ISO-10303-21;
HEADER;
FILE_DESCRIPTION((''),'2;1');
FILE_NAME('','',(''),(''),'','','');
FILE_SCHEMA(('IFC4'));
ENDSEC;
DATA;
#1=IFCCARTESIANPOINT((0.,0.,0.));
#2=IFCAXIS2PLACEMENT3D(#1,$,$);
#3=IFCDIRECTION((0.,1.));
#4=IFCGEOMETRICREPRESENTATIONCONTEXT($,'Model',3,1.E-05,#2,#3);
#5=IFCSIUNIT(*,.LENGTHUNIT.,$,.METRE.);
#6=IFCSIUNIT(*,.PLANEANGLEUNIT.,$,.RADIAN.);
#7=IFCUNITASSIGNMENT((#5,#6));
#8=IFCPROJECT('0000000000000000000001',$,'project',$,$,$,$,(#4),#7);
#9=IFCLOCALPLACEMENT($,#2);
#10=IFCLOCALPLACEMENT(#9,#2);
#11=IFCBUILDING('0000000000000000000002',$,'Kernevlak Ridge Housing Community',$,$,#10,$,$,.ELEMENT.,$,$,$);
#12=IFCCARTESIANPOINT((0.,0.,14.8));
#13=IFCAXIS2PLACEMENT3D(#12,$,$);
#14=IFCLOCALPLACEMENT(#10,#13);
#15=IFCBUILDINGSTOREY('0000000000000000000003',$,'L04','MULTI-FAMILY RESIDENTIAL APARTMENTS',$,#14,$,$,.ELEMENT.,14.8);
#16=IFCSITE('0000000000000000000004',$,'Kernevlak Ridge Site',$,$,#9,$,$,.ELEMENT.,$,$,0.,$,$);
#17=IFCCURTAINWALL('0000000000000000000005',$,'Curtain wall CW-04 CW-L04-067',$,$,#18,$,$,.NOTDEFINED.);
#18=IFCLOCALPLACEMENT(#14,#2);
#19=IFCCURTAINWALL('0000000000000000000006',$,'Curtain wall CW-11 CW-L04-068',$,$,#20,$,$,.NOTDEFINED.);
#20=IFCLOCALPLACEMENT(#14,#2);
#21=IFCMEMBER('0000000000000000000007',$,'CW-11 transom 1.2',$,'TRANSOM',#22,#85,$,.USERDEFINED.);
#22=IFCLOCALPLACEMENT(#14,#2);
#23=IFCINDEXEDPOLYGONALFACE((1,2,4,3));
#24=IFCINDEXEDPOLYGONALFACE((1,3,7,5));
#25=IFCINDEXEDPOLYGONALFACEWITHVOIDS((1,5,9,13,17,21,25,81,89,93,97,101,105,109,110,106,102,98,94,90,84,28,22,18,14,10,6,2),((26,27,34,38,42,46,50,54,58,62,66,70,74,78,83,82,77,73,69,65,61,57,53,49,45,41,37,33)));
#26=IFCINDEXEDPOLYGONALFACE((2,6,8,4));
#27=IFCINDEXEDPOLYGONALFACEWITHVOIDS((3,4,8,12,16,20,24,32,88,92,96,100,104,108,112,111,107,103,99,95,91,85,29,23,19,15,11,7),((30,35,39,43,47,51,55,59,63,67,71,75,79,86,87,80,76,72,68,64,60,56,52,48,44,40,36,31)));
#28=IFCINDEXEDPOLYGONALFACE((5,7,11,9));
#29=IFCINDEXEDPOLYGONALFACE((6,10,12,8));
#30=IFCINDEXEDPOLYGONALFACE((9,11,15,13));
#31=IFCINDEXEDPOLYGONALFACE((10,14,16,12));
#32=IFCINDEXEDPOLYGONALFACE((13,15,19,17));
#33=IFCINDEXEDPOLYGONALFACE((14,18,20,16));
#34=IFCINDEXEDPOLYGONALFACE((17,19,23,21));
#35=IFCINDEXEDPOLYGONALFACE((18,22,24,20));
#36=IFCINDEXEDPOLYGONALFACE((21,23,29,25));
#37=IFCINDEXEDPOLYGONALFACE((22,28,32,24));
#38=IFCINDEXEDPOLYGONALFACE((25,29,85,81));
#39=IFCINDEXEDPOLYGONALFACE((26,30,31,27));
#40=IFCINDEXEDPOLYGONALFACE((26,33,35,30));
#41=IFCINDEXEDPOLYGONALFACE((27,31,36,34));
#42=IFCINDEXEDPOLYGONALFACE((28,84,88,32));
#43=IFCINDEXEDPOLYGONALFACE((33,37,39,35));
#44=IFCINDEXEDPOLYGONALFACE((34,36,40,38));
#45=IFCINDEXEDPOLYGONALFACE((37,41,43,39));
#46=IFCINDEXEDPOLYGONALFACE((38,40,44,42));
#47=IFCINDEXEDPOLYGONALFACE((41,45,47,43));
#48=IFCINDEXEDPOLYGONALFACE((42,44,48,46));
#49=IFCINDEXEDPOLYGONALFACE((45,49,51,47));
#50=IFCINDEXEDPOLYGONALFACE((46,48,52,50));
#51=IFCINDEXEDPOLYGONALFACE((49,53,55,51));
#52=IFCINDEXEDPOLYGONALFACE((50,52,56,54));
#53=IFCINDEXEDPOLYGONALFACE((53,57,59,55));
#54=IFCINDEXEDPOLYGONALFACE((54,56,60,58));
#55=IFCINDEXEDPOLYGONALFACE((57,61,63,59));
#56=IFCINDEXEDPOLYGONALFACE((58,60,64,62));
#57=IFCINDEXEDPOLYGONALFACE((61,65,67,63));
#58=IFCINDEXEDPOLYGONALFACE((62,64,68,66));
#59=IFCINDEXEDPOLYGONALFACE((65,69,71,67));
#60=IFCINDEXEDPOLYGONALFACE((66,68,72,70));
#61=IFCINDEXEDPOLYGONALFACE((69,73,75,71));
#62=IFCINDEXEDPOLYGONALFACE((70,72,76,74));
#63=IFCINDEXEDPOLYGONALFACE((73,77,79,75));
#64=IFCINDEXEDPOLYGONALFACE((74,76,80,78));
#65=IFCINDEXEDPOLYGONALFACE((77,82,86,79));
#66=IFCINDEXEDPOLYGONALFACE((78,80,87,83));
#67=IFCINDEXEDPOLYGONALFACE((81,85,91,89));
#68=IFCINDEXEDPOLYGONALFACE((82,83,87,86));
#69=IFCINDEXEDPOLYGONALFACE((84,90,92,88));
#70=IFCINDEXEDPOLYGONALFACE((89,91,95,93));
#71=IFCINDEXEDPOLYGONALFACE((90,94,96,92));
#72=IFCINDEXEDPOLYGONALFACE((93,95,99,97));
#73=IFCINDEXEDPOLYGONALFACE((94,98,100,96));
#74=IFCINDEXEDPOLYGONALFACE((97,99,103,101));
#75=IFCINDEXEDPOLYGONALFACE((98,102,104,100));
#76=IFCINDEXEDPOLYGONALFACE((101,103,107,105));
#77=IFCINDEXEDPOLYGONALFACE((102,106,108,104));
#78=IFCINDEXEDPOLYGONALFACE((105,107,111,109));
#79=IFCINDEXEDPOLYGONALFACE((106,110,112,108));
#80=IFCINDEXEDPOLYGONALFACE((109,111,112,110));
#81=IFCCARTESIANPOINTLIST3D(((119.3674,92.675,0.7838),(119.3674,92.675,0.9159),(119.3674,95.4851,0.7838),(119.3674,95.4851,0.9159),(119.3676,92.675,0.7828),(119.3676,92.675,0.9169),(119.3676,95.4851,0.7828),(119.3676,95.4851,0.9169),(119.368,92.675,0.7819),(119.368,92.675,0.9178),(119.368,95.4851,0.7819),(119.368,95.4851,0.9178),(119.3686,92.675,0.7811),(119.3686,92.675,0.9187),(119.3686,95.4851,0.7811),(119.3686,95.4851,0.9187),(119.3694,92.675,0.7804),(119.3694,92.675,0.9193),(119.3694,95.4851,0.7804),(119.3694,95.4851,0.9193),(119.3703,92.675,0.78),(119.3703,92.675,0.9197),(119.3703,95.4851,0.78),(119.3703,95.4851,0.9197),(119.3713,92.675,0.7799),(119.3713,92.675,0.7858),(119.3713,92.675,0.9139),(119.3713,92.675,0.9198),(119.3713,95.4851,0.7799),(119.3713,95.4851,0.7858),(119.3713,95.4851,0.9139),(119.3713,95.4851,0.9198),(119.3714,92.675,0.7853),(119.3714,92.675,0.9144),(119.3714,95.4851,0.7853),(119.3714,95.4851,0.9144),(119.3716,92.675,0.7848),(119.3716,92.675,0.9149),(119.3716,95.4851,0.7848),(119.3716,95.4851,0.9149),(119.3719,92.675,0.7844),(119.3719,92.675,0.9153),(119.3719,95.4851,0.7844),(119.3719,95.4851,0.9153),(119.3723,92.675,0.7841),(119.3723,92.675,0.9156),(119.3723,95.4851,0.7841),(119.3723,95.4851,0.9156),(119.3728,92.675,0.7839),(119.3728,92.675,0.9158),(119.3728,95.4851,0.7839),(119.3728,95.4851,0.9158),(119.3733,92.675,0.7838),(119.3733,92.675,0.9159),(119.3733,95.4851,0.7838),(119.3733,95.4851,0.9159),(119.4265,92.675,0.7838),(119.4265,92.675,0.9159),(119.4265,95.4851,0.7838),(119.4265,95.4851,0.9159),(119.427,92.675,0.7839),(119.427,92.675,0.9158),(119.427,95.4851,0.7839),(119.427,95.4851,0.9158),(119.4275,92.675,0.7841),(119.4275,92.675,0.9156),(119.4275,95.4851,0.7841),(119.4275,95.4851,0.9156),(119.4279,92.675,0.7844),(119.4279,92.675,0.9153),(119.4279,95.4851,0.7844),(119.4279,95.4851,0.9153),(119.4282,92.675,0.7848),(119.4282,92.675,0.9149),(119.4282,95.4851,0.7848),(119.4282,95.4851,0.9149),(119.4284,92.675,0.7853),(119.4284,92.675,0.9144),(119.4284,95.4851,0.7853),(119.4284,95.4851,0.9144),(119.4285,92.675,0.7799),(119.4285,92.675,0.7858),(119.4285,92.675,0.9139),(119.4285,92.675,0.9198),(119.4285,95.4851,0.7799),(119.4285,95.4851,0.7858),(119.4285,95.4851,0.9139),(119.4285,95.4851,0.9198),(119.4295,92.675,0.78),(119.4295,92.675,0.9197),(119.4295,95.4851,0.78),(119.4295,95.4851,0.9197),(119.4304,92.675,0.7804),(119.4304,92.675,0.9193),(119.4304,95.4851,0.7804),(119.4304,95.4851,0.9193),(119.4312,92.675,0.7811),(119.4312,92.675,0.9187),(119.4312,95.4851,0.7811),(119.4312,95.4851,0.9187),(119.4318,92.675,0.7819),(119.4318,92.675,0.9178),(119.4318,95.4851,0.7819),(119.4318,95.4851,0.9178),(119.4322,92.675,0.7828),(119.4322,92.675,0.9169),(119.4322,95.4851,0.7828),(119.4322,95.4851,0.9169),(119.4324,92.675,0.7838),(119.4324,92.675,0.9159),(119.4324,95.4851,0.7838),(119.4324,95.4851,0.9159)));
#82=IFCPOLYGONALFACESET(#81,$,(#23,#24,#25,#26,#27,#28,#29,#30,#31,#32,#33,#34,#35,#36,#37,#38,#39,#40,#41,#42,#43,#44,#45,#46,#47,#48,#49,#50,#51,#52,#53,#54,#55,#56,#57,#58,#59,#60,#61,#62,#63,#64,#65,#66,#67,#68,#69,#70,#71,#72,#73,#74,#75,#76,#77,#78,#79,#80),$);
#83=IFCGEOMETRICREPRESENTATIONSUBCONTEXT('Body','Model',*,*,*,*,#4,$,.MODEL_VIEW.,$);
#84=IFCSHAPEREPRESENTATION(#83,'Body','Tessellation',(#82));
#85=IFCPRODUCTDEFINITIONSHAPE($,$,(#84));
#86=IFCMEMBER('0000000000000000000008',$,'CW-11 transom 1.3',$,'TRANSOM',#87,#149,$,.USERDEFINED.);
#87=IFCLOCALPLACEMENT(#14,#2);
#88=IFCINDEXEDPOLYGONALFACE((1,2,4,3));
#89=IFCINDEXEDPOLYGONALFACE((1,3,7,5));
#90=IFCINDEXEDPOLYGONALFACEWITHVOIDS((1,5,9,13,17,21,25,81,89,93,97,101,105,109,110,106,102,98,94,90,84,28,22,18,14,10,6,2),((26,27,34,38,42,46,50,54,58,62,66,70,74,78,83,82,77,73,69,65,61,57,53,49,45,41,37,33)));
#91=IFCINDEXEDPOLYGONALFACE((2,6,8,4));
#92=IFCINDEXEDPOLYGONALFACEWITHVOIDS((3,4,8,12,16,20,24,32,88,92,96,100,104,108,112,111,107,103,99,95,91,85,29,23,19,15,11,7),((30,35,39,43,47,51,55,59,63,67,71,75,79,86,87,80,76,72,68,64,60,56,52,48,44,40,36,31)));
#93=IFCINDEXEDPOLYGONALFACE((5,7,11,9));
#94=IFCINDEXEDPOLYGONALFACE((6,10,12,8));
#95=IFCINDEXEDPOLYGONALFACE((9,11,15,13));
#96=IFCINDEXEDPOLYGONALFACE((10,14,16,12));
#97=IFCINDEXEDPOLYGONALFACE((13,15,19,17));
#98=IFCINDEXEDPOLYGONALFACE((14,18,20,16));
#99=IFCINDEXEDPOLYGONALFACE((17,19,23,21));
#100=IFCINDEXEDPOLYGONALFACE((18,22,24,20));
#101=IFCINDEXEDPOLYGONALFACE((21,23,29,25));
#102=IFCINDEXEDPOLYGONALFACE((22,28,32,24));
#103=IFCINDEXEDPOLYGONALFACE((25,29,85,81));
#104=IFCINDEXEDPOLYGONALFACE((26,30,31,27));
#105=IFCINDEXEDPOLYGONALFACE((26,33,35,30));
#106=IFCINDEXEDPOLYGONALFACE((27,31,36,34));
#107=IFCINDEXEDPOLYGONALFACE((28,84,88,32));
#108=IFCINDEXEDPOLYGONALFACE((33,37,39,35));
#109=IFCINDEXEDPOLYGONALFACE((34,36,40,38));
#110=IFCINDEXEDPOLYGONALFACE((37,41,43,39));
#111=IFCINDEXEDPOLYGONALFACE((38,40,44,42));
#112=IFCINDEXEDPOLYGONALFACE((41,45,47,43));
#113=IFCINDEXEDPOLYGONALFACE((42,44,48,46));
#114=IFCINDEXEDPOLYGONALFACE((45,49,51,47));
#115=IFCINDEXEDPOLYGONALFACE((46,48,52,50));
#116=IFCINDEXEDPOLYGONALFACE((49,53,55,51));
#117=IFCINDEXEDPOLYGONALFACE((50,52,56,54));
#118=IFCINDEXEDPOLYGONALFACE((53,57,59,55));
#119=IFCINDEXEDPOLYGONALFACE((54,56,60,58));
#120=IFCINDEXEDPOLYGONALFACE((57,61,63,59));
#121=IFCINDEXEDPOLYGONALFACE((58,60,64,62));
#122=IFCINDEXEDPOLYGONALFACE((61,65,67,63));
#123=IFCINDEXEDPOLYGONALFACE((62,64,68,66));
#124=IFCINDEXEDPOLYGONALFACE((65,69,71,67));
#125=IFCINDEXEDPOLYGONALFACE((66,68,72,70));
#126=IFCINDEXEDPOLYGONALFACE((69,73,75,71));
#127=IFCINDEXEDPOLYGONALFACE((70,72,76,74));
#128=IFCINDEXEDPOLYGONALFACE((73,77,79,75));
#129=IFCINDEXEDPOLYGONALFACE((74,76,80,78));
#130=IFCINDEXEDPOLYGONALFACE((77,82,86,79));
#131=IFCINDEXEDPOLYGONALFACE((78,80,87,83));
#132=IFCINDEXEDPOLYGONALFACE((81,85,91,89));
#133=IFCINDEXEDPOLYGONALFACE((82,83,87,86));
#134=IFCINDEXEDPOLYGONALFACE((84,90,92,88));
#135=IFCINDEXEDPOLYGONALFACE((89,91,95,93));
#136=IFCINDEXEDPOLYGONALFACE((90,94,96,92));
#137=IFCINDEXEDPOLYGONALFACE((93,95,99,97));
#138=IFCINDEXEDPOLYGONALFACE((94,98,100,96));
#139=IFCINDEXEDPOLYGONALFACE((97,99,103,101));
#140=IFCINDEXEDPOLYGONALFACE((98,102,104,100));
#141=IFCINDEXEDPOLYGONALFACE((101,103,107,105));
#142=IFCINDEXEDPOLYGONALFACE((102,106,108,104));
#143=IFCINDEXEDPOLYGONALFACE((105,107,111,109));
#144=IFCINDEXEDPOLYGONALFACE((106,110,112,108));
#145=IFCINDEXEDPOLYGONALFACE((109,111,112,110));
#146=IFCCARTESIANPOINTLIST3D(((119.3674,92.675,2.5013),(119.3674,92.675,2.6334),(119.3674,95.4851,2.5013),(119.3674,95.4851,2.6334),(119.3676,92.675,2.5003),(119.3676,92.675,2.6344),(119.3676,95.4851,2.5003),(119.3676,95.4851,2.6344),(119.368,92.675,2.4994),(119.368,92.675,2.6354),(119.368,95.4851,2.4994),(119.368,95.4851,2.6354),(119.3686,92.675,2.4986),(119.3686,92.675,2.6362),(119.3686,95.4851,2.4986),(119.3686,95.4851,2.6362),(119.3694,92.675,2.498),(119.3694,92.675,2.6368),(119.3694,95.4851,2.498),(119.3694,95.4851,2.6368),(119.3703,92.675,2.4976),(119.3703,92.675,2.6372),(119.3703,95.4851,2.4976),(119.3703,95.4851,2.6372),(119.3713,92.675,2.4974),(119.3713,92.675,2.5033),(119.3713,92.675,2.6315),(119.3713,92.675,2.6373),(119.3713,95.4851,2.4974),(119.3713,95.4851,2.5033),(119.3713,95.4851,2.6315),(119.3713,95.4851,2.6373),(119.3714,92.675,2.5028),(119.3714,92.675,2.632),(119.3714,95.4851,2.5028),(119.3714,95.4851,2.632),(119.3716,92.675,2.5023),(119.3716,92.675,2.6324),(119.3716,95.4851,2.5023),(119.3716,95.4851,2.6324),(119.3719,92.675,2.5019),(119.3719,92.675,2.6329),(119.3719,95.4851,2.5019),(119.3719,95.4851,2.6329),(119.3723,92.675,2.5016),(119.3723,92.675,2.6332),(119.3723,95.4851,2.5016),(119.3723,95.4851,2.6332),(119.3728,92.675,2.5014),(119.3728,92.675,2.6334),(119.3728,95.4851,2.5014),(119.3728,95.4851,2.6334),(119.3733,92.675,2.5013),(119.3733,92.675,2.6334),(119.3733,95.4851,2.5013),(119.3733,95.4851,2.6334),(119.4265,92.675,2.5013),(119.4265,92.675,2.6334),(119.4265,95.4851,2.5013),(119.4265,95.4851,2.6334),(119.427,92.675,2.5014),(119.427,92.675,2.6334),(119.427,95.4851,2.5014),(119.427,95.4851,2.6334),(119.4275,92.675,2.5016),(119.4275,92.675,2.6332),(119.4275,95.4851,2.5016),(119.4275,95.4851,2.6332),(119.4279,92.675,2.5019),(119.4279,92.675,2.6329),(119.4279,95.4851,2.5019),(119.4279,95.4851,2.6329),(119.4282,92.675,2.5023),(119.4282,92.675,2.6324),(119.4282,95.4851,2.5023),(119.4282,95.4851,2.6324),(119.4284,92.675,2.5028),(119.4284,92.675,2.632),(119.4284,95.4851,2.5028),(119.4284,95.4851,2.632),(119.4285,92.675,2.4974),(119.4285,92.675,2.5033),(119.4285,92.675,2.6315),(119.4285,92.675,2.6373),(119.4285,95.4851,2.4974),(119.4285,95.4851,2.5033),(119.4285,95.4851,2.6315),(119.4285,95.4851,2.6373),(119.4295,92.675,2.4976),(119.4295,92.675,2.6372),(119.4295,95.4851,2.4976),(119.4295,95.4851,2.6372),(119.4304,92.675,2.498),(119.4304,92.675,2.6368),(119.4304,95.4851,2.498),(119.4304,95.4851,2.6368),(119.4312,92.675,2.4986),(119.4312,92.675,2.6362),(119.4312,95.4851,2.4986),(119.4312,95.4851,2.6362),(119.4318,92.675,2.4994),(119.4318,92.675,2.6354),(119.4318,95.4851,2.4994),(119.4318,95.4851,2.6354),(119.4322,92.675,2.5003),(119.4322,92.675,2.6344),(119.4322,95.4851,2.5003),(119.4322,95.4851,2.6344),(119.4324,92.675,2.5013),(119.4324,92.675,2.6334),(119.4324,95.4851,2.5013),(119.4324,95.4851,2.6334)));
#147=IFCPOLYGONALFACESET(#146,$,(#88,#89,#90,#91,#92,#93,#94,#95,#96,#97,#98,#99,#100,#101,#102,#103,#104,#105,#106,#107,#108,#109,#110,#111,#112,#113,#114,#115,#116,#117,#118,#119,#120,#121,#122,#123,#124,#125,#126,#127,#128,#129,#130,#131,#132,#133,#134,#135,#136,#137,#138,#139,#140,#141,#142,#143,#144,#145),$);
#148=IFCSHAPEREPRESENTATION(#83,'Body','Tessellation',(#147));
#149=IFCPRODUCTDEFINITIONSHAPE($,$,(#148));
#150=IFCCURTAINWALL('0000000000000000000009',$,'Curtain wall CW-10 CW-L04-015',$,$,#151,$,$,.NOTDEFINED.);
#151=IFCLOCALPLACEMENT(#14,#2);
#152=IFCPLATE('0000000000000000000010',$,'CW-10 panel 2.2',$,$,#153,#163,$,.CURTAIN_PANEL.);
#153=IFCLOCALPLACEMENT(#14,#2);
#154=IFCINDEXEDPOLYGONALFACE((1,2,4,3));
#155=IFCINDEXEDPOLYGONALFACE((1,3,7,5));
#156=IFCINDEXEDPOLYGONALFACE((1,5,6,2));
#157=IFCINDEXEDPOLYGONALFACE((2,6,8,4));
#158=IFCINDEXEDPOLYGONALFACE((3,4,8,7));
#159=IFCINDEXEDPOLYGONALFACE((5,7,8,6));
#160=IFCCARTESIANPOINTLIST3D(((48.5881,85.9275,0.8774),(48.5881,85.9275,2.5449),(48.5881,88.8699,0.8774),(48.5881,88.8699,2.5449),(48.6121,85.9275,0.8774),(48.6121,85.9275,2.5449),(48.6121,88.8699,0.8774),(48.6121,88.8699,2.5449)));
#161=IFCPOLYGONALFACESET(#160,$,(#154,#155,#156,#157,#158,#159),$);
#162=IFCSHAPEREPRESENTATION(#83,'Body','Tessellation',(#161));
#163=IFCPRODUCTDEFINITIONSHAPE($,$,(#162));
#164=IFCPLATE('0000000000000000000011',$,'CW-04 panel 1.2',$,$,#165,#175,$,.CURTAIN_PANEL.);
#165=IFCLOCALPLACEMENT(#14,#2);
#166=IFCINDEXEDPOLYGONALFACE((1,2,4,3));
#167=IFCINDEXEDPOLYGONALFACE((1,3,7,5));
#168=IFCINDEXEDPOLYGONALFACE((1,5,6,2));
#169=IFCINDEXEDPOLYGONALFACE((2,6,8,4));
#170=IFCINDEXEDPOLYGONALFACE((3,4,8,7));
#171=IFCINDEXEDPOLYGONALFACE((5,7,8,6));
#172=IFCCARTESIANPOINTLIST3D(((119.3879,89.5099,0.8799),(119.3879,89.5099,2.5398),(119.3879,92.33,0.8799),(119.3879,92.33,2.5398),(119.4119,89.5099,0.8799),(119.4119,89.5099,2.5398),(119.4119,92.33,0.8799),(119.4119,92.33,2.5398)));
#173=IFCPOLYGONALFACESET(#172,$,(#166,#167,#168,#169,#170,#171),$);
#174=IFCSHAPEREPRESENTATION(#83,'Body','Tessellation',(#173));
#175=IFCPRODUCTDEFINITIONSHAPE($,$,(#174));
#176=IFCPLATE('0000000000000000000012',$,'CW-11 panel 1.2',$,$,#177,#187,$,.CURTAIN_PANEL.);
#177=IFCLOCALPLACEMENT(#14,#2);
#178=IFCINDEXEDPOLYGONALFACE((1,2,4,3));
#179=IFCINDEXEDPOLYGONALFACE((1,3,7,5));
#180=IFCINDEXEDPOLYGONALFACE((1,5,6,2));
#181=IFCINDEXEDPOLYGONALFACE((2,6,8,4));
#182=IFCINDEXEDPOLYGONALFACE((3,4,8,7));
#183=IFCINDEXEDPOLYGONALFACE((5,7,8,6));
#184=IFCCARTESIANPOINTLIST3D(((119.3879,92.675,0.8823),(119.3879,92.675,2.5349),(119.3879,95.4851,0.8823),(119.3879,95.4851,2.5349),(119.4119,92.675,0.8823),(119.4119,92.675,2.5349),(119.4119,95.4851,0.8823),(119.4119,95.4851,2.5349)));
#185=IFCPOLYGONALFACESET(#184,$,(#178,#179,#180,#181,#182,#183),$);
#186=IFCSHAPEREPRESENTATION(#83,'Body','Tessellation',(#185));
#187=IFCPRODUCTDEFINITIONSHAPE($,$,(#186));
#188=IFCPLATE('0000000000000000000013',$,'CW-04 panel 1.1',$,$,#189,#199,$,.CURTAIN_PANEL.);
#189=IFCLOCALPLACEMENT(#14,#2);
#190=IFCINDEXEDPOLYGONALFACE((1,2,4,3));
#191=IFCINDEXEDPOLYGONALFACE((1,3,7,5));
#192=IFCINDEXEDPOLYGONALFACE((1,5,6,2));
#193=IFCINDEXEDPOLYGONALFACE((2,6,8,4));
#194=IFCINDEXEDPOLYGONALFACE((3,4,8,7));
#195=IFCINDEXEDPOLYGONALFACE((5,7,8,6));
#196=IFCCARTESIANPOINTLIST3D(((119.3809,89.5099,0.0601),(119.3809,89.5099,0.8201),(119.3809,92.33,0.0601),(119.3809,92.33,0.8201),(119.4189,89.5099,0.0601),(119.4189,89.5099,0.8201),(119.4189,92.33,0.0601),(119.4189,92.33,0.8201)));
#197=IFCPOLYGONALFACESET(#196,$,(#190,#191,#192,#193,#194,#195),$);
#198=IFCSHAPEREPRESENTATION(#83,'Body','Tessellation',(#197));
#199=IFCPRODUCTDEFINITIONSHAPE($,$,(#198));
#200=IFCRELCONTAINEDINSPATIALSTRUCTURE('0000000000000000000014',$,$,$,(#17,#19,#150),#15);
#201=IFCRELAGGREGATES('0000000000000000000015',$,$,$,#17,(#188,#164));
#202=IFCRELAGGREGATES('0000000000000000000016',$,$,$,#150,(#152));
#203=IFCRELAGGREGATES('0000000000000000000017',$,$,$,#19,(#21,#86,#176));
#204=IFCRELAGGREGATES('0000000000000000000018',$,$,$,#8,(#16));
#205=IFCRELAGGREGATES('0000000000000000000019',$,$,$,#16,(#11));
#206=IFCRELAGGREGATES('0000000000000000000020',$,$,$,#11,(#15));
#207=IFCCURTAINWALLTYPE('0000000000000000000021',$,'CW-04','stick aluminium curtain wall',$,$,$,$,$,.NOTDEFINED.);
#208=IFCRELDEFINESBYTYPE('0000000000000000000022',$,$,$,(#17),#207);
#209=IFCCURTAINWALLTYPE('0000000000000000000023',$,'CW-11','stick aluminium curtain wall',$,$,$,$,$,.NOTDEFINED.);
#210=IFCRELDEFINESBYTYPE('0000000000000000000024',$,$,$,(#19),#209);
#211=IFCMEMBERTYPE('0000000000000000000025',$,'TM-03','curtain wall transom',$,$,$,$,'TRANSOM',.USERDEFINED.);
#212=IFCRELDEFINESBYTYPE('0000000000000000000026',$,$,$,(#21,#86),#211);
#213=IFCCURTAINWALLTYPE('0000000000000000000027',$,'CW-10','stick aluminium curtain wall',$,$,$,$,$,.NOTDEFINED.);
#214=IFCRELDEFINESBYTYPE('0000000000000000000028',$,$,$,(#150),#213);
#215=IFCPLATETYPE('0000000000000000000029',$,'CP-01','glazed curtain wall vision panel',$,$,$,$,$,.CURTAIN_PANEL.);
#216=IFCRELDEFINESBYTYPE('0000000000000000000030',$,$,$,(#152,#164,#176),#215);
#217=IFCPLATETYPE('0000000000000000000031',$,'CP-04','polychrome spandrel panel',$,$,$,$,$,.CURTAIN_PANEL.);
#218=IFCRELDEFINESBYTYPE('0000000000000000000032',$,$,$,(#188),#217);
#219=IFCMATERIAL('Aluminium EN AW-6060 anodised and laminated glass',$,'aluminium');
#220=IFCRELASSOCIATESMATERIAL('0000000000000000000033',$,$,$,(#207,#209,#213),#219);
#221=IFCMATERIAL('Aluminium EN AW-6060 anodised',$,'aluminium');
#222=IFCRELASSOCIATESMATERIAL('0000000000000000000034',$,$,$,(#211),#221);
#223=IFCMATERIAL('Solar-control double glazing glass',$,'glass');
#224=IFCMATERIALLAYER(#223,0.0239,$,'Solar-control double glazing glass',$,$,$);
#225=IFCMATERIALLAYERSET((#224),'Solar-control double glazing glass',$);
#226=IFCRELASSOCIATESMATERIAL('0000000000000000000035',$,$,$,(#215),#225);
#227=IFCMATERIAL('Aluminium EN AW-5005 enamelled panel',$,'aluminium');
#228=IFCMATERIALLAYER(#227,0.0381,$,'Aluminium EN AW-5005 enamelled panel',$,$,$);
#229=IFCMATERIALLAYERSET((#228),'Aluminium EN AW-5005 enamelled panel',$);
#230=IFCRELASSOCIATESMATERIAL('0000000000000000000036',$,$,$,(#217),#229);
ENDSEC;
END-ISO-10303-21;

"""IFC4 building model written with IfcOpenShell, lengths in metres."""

from ifc_helpers import new_model, si_unit, direction, frame, origin, origin_2d, place, context, subcontext, project, spatial, rectangle, hollow_rectangle, extrude, material, layer, layer_set, material_profile, profile_set, type_object, element, aggregate, save


model = new_model("IFC4")

# Units and contexts
model_context = context("Model", 3, precision=1e-05, world=origin(), true_north=direction((0.0, 1.0)))
body_context = subcontext(model_context, "Body", "Model", "MODEL_VIEW")
ifc_project = project(units=[si_unit("LENGTHUNIT", "METRE"), si_unit("PLANEANGLEUNIT", "RADIAN")], contexts=[model_context])

# Site, building, storey
site_placement = place(None, origin())
site = spatial("IfcSite", under=ifc_project, at=site_placement, Name="Kernevlak Ridge Site", CompositionType="ELEMENT", RefElevation=0.0)
building_placement = place(site_placement, origin())
building = spatial("IfcBuilding", under=site, at=building_placement, Name="Kernevlak Ridge Housing Community", CompositionType="ELEMENT")
storey_placement = place(building_placement, frame((0.0, 0.0, 14.8)))
storey = spatial("IfcBuildingStorey", under=building, at=storey_placement, Name="L04", Description="MULTI-FAMILY RESIDENTIAL APARTMENTS", CompositionType="ELEMENT", Elevation=14.8)

# Curtain walls
ifc_material_1 = material(Name="Aluminium EN AW-6060 anodised and laminated glass", Category="aluminium")
curtain_wall_type_1 = type_object("IfcCurtainWallType", Name="CW-04", Description="stick aluminium curtain wall", PredefinedType="NOTDEFINED", material=ifc_material_1)
curtain_wall_1_placement = place(storey_placement, origin())
curtain_wall_1 = element("IfcCurtainWall", 1, at=curtain_wall_1_placement, inside=storey, type_object=curtain_wall_type_1, Name="Curtain wall CW-04 CW-L04-067", PredefinedType="NOTDEFINED")
ifc_material_2 = material(Name="Aluminium EN AW-6060 anodised", Category="aluminium")
curtain_wall_type_2 = type_object("IfcCurtainWallType", Name="CW-11", Description="stick aluminium curtain wall", PredefinedType="NOTDEFINED", material=ifc_material_1)
curtain_wall_2_placement = place(storey_placement, origin())
curtain_wall_2 = element("IfcCurtainWall", 2, at=curtain_wall_2_placement, inside=storey, type_object=curtain_wall_type_2, Name="Curtain wall CW-11 CW-L04-068", PredefinedType="NOTDEFINED")

# Members
ifc_material_profile_1 = material_profile(ifc_material_2, hollow_rectangle(XDim=0.0649, YDim=0.1399, WallThickness=0.0039, InnerFilletRadius=0.002, OuterFilletRadius=0.0039, at=origin_2d()), Name="ALU 65x140x4")
ifc_profile_set_1 = profile_set([ifc_material_profile_1], Name="Aluminium EN AW-6060 anodised")
member_type_1 = type_object("IfcMemberType", Name="TM-03", Description="curtain wall transom", ElementType="TRANSOM", PredefinedType="USERDEFINED", material=ifc_profile_set_1)
member_1_placement = place(storey_placement, frame((119.3999, 92.675, 0.8499), z_axis=(0.0, 1.0, 0.0), x_axis=(-1.0, 0.0, 0.0)))
member_1 = element("IfcMember", 3, at=member_1_placement, type_object=member_type_1, Name="CW-11 transom 1.2", ObjectType="TRANSOM", PredefinedType="USERDEFINED", context=body_context, shape_type="SweptSolid", body=[
    extrude(hollow_rectangle(XDim=0.0649, YDim=0.1399, WallThickness=0.0039, InnerFilletRadius=0.002, OuterFilletRadius=0.0039, at=origin_2d()), origin(), (0.0, 0.0, 1.0), 2.8101),
])
member_2_placement = place(storey_placement, frame((119.3999, 92.675, 2.5674), z_axis=(0.0, 1.0, 0.0), x_axis=(-1.0, 0.0, 0.0)))
member_2 = element("IfcMember", 4, at=member_2_placement, type_object=member_type_1, Name="CW-11 transom 1.3", ObjectType="TRANSOM", PredefinedType="USERDEFINED", context=body_context, shape_type="SweptSolid", body=[
    extrude(hollow_rectangle(XDim=0.0649, YDim=0.1399, WallThickness=0.0039, InnerFilletRadius=0.002, OuterFilletRadius=0.0039, at=origin_2d()), origin(), (0.0, 0.0, 1.0), 2.8101),
])

# Curtain wall, plate
curtain_wall_type_3 = type_object("IfcCurtainWallType", Name="CW-10", Description="stick aluminium curtain wall", PredefinedType="NOTDEFINED", material=ifc_material_1)
curtain_wall_3_placement = place(storey_placement, origin())
curtain_wall_3 = element("IfcCurtainWall", 5, at=curtain_wall_3_placement, inside=storey, type_object=curtain_wall_type_3, Name="Curtain wall CW-10 CW-L04-015", PredefinedType="NOTDEFINED")
ifc_material_3 = material(Name="Solar-control double glazing glass", Category="glass")
ifc_layer_1 = layer(ifc_material_3, 0.0239, Name="Solar-control double glazing glass")
ifc_layer_set_1 = layer_set([ifc_layer_1], Name="Solar-control double glazing glass")
plate_type_1 = type_object("IfcPlateType", Name="CP-01", Description="glazed curtain wall vision panel", PredefinedType="CURTAIN_PANEL", material=ifc_layer_set_1)
plate_1_placement = place(storey_placement, frame((48.6001, 87.3987, 0.8774), z_axis=(0.0, 0.0, 1.0), x_axis=(0.0, 1.0, 0.0)))
plate_1 = element("IfcPlate", 6, at=plate_1_placement, type_object=plate_type_1, Name="CW-10 panel 2.2", PredefinedType="CURTAIN_PANEL", context=body_context, shape_type="SweptSolid", body=[
    extrude(rectangle(XDim=2.9424, YDim=0.0239, at=origin_2d()), origin(), (0.0, 0.0, 1.0), 1.6675),
])

# Plates
plate_2_placement = place(storey_placement, frame((119.3999, 90.9199, 0.8799), z_axis=(0.0, 0.0, 1.0), x_axis=(0.0, 1.0, 0.0)))
plate_2 = element("IfcPlate", 7, at=plate_2_placement, type_object=plate_type_1, Name="CW-04 panel 1.2", PredefinedType="CURTAIN_PANEL", context=body_context, shape_type="SweptSolid", body=[
    extrude(rectangle(XDim=2.8201, YDim=0.0239, at=origin_2d()), origin(), (0.0, 0.0, 1.0), 1.6599),
])
plate_3_placement = place(storey_placement, frame((119.3999, 94.0801, 0.8823), z_axis=(0.0, 0.0, 1.0), x_axis=(0.0, 1.0, 0.0)))
plate_3 = element("IfcPlate", 8, at=plate_3_placement, type_object=plate_type_1, Name="CW-11 panel 1.2", PredefinedType="CURTAIN_PANEL", context=body_context, shape_type="SweptSolid", body=[
    extrude(rectangle(XDim=2.8101, YDim=0.0239, at=origin_2d()), origin(), (0.0, 0.0, 1.0), 1.6526),
])
ifc_material_4 = material(Name="Aluminium EN AW-5005 enamelled panel", Category="aluminium")
ifc_layer_2 = layer(ifc_material_4, 0.0381, Name="Aluminium EN AW-5005 enamelled panel")
ifc_layer_set_2 = layer_set([ifc_layer_2], Name="Aluminium EN AW-5005 enamelled panel")
plate_type_2 = type_object("IfcPlateType", Name="CP-04", Description="polychrome spandrel panel", PredefinedType="CURTAIN_PANEL", material=ifc_layer_set_2)
plate_4_placement = place(storey_placement, frame((119.3999, 90.9199, 0.0601), z_axis=(0.0, 0.0, 1.0), x_axis=(0.0, 1.0, 0.0)))
plate_4 = element("IfcPlate", 9, at=plate_4_placement, type_object=plate_type_2, Name="CW-04 panel 1.1", PredefinedType="CURTAIN_PANEL", context=body_context, shape_type="SweptSolid", body=[
    extrude(rectangle(XDim=2.8201, YDim=0.0381, at=origin_2d()), origin(), (0.0, 0.0, 1.0), 0.76),
])
aggregate(curtain_wall_1, [plate_4, plate_2])
aggregate(curtain_wall_3, [plate_1])
aggregate(curtain_wall_2, [member_1, member_2, plate_3])

save(model, "model.ifc")
